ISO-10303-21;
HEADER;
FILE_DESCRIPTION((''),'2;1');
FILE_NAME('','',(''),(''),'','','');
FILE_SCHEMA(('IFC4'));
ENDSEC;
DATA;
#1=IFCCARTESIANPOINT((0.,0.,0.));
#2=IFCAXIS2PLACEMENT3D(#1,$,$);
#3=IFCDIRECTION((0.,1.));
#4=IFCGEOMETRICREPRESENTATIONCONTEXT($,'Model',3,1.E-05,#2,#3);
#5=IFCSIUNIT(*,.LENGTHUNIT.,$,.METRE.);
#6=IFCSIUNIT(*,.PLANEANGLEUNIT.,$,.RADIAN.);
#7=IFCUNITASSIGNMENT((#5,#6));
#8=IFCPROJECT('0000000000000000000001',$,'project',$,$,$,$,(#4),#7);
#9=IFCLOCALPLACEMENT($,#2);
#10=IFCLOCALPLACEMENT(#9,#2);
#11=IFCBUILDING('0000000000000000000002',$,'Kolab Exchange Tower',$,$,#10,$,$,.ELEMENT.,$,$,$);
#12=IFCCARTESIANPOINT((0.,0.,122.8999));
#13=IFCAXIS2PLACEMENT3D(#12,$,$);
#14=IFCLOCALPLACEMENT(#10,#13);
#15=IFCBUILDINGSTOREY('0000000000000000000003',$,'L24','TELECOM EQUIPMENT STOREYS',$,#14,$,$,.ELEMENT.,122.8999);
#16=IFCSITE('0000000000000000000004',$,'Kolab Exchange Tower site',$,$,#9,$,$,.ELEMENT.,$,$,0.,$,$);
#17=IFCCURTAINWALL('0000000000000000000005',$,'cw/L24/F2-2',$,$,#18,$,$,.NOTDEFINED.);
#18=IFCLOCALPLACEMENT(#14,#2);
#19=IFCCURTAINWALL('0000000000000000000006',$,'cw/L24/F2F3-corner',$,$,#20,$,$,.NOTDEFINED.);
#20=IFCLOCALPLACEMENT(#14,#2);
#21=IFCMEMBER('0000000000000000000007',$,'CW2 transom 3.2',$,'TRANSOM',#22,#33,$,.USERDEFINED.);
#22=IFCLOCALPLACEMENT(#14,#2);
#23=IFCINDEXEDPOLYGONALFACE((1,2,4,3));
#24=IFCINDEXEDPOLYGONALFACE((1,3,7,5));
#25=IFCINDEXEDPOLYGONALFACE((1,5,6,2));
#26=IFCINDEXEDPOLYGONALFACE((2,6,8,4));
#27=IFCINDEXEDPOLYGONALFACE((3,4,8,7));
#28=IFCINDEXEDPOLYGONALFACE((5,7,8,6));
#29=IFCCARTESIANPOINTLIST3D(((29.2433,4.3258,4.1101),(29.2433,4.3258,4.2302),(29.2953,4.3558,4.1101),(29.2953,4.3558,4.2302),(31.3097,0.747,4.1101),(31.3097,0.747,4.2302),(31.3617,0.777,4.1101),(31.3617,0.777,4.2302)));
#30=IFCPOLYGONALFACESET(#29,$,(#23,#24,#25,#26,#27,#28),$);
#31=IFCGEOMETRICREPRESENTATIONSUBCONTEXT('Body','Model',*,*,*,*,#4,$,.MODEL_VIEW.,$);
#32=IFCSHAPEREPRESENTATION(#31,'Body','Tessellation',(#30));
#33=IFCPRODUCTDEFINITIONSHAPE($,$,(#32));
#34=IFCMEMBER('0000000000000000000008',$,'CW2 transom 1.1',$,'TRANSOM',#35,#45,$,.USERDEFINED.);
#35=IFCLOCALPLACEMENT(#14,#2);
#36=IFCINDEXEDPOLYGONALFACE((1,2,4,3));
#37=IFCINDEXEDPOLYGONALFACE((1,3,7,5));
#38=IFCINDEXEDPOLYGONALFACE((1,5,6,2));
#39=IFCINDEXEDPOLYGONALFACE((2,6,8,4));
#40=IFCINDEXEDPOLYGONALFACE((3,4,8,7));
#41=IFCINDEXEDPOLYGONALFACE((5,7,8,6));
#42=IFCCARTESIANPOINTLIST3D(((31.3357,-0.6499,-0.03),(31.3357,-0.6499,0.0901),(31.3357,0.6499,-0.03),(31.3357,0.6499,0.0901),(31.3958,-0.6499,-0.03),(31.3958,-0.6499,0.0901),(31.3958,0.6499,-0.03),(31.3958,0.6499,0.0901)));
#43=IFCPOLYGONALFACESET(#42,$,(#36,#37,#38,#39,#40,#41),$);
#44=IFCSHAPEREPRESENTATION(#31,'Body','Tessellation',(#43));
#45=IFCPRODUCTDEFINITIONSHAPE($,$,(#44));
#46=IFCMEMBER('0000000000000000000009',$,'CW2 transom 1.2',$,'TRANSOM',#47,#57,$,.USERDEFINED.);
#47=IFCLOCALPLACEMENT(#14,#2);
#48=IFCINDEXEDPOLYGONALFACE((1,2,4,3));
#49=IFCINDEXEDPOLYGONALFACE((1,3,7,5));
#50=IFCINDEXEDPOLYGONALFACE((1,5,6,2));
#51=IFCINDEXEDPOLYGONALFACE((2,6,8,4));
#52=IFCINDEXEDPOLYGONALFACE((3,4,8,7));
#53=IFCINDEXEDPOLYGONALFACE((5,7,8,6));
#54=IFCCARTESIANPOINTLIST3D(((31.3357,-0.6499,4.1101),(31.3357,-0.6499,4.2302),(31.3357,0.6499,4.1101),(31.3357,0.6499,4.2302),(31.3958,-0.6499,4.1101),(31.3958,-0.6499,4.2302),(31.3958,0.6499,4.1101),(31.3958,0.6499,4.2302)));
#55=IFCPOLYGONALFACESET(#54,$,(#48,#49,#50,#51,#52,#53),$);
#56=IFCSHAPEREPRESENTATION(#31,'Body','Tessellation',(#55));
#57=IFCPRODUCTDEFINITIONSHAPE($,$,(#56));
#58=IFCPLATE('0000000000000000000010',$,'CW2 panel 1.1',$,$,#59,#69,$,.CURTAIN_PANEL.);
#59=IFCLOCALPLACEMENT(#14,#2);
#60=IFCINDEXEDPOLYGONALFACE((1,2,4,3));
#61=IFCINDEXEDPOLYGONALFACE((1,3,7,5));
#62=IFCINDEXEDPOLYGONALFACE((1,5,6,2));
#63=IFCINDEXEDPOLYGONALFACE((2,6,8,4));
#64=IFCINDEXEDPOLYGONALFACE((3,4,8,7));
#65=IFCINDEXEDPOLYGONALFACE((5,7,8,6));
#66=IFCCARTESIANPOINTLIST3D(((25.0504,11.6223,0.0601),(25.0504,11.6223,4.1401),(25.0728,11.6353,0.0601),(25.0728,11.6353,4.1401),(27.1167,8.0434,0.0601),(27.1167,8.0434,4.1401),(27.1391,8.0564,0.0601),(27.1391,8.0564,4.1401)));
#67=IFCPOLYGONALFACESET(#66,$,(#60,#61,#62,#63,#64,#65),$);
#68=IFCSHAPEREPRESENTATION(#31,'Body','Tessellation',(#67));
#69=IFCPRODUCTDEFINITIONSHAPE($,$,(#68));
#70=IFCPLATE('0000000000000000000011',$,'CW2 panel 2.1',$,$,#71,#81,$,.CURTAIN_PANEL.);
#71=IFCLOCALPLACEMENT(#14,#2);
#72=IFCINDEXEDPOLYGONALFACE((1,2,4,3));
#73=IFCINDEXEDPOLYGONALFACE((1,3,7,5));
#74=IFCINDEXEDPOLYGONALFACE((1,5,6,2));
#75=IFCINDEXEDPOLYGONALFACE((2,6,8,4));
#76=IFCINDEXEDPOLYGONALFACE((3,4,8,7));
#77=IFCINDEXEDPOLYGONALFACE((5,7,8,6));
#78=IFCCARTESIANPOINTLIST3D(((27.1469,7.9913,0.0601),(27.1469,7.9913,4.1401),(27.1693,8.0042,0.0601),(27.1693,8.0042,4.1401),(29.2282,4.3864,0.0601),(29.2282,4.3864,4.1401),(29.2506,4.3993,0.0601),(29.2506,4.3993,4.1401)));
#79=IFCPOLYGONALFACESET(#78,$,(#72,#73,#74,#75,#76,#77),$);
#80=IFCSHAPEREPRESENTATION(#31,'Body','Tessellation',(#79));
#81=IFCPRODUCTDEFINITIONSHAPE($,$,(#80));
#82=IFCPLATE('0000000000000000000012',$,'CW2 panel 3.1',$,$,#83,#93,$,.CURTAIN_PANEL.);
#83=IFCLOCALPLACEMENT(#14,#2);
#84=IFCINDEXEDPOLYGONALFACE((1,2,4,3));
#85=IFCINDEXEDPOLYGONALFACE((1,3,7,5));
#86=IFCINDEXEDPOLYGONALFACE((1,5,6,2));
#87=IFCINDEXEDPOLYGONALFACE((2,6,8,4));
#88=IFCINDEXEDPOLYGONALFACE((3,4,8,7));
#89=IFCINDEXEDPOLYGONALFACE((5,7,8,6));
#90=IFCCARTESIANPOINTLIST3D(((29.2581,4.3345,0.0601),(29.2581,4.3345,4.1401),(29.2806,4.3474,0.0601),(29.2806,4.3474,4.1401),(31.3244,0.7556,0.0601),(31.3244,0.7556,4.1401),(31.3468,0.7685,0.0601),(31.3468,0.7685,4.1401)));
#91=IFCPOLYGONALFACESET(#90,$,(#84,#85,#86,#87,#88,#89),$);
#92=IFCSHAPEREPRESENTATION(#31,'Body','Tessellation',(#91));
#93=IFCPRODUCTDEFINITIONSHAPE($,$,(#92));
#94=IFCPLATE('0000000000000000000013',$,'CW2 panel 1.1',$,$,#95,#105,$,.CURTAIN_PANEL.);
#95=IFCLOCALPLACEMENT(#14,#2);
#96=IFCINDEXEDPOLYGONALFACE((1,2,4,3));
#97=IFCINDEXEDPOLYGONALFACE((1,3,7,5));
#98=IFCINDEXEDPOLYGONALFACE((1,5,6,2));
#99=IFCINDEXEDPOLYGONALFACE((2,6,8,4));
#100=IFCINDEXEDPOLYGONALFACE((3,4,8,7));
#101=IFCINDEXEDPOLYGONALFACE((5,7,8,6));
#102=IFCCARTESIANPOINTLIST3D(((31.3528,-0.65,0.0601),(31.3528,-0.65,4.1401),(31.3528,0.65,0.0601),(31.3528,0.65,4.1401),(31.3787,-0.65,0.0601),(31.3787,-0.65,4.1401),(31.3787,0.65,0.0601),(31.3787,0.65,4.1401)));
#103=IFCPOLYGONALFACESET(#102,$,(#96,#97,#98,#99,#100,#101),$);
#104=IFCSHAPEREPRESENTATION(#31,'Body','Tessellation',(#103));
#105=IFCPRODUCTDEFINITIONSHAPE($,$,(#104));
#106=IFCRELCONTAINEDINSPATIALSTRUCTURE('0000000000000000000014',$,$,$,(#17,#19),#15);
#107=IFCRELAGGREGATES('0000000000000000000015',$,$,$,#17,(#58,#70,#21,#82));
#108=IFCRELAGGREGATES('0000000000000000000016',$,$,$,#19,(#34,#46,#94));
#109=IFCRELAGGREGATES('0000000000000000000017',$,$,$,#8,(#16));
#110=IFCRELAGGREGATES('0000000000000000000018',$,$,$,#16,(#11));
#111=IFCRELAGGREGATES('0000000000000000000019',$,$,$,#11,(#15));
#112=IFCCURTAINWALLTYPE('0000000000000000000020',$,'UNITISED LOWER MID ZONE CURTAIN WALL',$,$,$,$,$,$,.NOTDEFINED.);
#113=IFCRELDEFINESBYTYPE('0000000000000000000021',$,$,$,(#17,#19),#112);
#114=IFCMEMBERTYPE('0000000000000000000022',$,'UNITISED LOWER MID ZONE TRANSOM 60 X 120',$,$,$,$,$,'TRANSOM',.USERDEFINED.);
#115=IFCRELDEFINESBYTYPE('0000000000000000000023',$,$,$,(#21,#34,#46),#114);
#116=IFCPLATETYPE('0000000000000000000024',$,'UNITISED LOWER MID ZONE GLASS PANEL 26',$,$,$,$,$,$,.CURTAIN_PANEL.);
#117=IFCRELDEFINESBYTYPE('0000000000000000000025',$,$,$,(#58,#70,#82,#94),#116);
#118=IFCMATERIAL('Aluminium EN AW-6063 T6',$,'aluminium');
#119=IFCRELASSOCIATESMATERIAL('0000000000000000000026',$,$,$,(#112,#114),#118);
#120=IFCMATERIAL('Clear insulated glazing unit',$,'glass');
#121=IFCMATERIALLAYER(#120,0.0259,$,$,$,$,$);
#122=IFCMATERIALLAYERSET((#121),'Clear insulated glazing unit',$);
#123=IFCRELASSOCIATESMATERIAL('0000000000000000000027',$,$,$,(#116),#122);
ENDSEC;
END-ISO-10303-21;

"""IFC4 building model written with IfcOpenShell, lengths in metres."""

from ifc_helpers import new_model, si_unit, direction, frame, origin, origin_2d, place, context, subcontext, project, spatial, rectangle, extrude, material, layer, layer_set, material_profile, profile_set, type_object, element, aggregate, save


model = new_model("IFC4")

# Units and contexts
model_context = context("Model", 3, precision=1e-05, world=origin(), true_north=direction((0.0, 1.0)))
body_context = subcontext(model_context, "Body", "Model", "MODEL_VIEW")
ifc_project = project(units=[si_unit("LENGTHUNIT", "METRE"), si_unit("PLANEANGLEUNIT", "RADIAN")], contexts=[model_context])

# Site, building, storey
site_placement = place(None, origin())
site = spatial("IfcSite", under=ifc_project, at=site_placement, Name="Kolab Exchange Tower site", CompositionType="ELEMENT", RefElevation=0.0)
building_placement = place(site_placement, origin())
building = spatial("IfcBuilding", under=site, at=building_placement, Name="Kolab Exchange Tower", CompositionType="ELEMENT")
storey_placement = place(building_placement, frame((0.0, 0.0, 122.8999)))
storey = spatial("IfcBuildingStorey", under=building, at=storey_placement, Name="L24", Description="TELECOM EQUIPMENT STOREYS", CompositionType="ELEMENT", Elevation=122.8999)

# Curtain wall
ifc_material_1 = material(Name="Aluminium EN AW-6063 T6", Category="aluminium")
curtain_wall_type = type_object("IfcCurtainWallType", Name="UNITISED LOWER MID ZONE CURTAIN WALL", PredefinedType="NOTDEFINED", material=ifc_material_1)
curtain_wall_1_placement = place(storey_placement, origin())
curtain_wall_1 = element("IfcCurtainWall", 1, at=curtain_wall_1_placement, inside=storey, type_object=curtain_wall_type, Name="cw/L24/F2-2", PredefinedType="NOTDEFINED")

# Curtain wall
curtain_wall_2_placement = place(storey_placement, origin())
curtain_wall_2 = element("IfcCurtainWall", 2, at=curtain_wall_2_placement, inside=storey, type_object=curtain_wall_type, Name="cw/L24/F2F3-corner", PredefinedType="NOTDEFINED")

# Members
ifc_material_profile_1 = material_profile(ifc_material_1, rectangle(XDim=0.0601, YDim=0.1201, at=origin_2d()), Name="RECT 60X120")
ifc_profile_set_1 = profile_set([ifc_material_profile_1], Name="Aluminium EN AW-6063 T6")
member_type_1 = type_object("IfcMemberType", Name="UNITISED LOWER MID ZONE TRANSOM 60 X 120", ElementType="TRANSOM", PredefinedType="USERDEFINED", material=ifc_profile_set_1)
member_1_placement = place(storey_placement, frame((29.2693, 4.3408, 4.1702), z_axis=(0.500028, -0.866009, 0.0), x_axis=(0.866009, 0.500028, 0.0)))
member_1 = element("IfcMember", 3, at=member_1_placement, type_object=member_type_1, Name="CW2 transom 3.2", ObjectType="TRANSOM", PredefinedType="USERDEFINED", context=body_context, shape_type="SweptSolid", body=[
    extrude(rectangle(XDim=0.0601, YDim=0.1201, at=origin_2d()), origin(), (0.0, 0.0, 1.0), 4.1326),
])
member_2_placement = place(storey_placement, frame((31.3657, 0.6499, 0.03), z_axis=(0.0, -1.0, 0.0), x_axis=(1.0, 0.0, 0.0)))
member_2 = element("IfcMember", 4, at=member_2_placement, type_object=member_type_1, Name="CW2 transom 1.1", ObjectType="TRANSOM", PredefinedType="USERDEFINED", context=body_context, shape_type="SweptSolid", body=[
    extrude(rectangle(XDim=0.0601, YDim=0.1201, at=origin_2d()), origin(), (0.0, 0.0, 1.0), 1.2998),
])
member_3_placement = place(storey_placement, frame((31.3657, 0.6499, 4.1702), z_axis=(0.0, -1.0, 0.0), x_axis=(1.0, 0.0, 0.0)))
member_3 = element("IfcMember", 5, at=member_3_placement, type_object=member_type_1, Name="CW2 transom 1.2", ObjectType="TRANSOM", PredefinedType="USERDEFINED", context=body_context, shape_type="SweptSolid", body=[
    extrude(rectangle(XDim=0.0601, YDim=0.1201, at=origin_2d()), origin(), (0.0, 0.0, 1.0), 1.2998),
])

# Plates
ifc_material_2 = material(Name="Clear insulated glazing unit", Category="glass")
ifc_layer = layer(ifc_material_2, 0.0259)
ifc_layer_set = layer_set([ifc_layer], Name="Clear insulated glazing unit")
plate_type = type_object("IfcPlateType", Name="UNITISED LOWER MID ZONE GLASS PANEL 26", PredefinedType="CURTAIN_PANEL", material=ifc_layer_set)
plate_1_placement = place(storey_placement, frame((26.0947, 9.8394, 0.0601), z_axis=(0.0, 0.0, 1.0), x_axis=(0.5, -0.866025, 0.0)))
plate_1 = element("IfcPlate", 6, at=plate_1_placement, type_object=plate_type, Name="CW2 panel 1.1", PredefinedType="CURTAIN_PANEL", context=body_context, shape_type="SweptSolid", body=[
    extrude(rectangle(XDim=4.1326, YDim=0.0259, at=origin_2d()), origin(), (0.0, 0.0, 1.0), 4.0801),
])
plate_2_placement = place(storey_placement, frame((28.1987, 6.1953, 0.0601), z_axis=(0.0, 0.0, 1.0), x_axis=(0.5, -0.866025, 0.0)))
plate_2 = element("IfcPlate", 7, at=plate_2_placement, type_object=plate_type, Name="CW2 panel 2.1", PredefinedType="CURTAIN_PANEL", context=body_context, shape_type="SweptSolid", body=[
    extrude(rectangle(XDim=4.1626, YDim=0.0259, at=origin_2d()), origin(), (0.0, 0.0, 1.0), 4.0801),
])
plate_3_placement = place(storey_placement, frame((30.3025, 2.5515, 0.0601), z_axis=(0.0, 0.0, 1.0), x_axis=(0.5, -0.866025, 0.0)))
plate_3 = element("IfcPlate", 8, at=plate_3_placement, type_object=plate_type, Name="CW2 panel 3.1", PredefinedType="CURTAIN_PANEL", context=body_context, shape_type="SweptSolid", body=[
    extrude(rectangle(XDim=4.1326, YDim=0.0259, at=origin_2d()), origin(), (0.0, 0.0, 1.0), 4.0801),
])
aggregate(curtain_wall_1, [plate_1, plate_2, member_1, plate_3])
plate_4_placement = place(storey_placement, frame((31.3657, 0.0, 0.0601), z_axis=(0.0, 0.0, 1.0), x_axis=(0.0, -1.0, 0.0)))
plate_4 = element("IfcPlate", 9, at=plate_4_placement, type_object=plate_type, Name="CW2 panel 1.1", PredefinedType="CURTAIN_PANEL", context=body_context, shape_type="SweptSolid", body=[
    extrude(rectangle(XDim=1.3, YDim=0.0259, at=origin_2d()), origin(), (0.0, 0.0, 1.0), 4.0801),
])
aggregate(curtain_wall_2, [member_2, member_3, plate_4])

save(model, "model.ifc")
